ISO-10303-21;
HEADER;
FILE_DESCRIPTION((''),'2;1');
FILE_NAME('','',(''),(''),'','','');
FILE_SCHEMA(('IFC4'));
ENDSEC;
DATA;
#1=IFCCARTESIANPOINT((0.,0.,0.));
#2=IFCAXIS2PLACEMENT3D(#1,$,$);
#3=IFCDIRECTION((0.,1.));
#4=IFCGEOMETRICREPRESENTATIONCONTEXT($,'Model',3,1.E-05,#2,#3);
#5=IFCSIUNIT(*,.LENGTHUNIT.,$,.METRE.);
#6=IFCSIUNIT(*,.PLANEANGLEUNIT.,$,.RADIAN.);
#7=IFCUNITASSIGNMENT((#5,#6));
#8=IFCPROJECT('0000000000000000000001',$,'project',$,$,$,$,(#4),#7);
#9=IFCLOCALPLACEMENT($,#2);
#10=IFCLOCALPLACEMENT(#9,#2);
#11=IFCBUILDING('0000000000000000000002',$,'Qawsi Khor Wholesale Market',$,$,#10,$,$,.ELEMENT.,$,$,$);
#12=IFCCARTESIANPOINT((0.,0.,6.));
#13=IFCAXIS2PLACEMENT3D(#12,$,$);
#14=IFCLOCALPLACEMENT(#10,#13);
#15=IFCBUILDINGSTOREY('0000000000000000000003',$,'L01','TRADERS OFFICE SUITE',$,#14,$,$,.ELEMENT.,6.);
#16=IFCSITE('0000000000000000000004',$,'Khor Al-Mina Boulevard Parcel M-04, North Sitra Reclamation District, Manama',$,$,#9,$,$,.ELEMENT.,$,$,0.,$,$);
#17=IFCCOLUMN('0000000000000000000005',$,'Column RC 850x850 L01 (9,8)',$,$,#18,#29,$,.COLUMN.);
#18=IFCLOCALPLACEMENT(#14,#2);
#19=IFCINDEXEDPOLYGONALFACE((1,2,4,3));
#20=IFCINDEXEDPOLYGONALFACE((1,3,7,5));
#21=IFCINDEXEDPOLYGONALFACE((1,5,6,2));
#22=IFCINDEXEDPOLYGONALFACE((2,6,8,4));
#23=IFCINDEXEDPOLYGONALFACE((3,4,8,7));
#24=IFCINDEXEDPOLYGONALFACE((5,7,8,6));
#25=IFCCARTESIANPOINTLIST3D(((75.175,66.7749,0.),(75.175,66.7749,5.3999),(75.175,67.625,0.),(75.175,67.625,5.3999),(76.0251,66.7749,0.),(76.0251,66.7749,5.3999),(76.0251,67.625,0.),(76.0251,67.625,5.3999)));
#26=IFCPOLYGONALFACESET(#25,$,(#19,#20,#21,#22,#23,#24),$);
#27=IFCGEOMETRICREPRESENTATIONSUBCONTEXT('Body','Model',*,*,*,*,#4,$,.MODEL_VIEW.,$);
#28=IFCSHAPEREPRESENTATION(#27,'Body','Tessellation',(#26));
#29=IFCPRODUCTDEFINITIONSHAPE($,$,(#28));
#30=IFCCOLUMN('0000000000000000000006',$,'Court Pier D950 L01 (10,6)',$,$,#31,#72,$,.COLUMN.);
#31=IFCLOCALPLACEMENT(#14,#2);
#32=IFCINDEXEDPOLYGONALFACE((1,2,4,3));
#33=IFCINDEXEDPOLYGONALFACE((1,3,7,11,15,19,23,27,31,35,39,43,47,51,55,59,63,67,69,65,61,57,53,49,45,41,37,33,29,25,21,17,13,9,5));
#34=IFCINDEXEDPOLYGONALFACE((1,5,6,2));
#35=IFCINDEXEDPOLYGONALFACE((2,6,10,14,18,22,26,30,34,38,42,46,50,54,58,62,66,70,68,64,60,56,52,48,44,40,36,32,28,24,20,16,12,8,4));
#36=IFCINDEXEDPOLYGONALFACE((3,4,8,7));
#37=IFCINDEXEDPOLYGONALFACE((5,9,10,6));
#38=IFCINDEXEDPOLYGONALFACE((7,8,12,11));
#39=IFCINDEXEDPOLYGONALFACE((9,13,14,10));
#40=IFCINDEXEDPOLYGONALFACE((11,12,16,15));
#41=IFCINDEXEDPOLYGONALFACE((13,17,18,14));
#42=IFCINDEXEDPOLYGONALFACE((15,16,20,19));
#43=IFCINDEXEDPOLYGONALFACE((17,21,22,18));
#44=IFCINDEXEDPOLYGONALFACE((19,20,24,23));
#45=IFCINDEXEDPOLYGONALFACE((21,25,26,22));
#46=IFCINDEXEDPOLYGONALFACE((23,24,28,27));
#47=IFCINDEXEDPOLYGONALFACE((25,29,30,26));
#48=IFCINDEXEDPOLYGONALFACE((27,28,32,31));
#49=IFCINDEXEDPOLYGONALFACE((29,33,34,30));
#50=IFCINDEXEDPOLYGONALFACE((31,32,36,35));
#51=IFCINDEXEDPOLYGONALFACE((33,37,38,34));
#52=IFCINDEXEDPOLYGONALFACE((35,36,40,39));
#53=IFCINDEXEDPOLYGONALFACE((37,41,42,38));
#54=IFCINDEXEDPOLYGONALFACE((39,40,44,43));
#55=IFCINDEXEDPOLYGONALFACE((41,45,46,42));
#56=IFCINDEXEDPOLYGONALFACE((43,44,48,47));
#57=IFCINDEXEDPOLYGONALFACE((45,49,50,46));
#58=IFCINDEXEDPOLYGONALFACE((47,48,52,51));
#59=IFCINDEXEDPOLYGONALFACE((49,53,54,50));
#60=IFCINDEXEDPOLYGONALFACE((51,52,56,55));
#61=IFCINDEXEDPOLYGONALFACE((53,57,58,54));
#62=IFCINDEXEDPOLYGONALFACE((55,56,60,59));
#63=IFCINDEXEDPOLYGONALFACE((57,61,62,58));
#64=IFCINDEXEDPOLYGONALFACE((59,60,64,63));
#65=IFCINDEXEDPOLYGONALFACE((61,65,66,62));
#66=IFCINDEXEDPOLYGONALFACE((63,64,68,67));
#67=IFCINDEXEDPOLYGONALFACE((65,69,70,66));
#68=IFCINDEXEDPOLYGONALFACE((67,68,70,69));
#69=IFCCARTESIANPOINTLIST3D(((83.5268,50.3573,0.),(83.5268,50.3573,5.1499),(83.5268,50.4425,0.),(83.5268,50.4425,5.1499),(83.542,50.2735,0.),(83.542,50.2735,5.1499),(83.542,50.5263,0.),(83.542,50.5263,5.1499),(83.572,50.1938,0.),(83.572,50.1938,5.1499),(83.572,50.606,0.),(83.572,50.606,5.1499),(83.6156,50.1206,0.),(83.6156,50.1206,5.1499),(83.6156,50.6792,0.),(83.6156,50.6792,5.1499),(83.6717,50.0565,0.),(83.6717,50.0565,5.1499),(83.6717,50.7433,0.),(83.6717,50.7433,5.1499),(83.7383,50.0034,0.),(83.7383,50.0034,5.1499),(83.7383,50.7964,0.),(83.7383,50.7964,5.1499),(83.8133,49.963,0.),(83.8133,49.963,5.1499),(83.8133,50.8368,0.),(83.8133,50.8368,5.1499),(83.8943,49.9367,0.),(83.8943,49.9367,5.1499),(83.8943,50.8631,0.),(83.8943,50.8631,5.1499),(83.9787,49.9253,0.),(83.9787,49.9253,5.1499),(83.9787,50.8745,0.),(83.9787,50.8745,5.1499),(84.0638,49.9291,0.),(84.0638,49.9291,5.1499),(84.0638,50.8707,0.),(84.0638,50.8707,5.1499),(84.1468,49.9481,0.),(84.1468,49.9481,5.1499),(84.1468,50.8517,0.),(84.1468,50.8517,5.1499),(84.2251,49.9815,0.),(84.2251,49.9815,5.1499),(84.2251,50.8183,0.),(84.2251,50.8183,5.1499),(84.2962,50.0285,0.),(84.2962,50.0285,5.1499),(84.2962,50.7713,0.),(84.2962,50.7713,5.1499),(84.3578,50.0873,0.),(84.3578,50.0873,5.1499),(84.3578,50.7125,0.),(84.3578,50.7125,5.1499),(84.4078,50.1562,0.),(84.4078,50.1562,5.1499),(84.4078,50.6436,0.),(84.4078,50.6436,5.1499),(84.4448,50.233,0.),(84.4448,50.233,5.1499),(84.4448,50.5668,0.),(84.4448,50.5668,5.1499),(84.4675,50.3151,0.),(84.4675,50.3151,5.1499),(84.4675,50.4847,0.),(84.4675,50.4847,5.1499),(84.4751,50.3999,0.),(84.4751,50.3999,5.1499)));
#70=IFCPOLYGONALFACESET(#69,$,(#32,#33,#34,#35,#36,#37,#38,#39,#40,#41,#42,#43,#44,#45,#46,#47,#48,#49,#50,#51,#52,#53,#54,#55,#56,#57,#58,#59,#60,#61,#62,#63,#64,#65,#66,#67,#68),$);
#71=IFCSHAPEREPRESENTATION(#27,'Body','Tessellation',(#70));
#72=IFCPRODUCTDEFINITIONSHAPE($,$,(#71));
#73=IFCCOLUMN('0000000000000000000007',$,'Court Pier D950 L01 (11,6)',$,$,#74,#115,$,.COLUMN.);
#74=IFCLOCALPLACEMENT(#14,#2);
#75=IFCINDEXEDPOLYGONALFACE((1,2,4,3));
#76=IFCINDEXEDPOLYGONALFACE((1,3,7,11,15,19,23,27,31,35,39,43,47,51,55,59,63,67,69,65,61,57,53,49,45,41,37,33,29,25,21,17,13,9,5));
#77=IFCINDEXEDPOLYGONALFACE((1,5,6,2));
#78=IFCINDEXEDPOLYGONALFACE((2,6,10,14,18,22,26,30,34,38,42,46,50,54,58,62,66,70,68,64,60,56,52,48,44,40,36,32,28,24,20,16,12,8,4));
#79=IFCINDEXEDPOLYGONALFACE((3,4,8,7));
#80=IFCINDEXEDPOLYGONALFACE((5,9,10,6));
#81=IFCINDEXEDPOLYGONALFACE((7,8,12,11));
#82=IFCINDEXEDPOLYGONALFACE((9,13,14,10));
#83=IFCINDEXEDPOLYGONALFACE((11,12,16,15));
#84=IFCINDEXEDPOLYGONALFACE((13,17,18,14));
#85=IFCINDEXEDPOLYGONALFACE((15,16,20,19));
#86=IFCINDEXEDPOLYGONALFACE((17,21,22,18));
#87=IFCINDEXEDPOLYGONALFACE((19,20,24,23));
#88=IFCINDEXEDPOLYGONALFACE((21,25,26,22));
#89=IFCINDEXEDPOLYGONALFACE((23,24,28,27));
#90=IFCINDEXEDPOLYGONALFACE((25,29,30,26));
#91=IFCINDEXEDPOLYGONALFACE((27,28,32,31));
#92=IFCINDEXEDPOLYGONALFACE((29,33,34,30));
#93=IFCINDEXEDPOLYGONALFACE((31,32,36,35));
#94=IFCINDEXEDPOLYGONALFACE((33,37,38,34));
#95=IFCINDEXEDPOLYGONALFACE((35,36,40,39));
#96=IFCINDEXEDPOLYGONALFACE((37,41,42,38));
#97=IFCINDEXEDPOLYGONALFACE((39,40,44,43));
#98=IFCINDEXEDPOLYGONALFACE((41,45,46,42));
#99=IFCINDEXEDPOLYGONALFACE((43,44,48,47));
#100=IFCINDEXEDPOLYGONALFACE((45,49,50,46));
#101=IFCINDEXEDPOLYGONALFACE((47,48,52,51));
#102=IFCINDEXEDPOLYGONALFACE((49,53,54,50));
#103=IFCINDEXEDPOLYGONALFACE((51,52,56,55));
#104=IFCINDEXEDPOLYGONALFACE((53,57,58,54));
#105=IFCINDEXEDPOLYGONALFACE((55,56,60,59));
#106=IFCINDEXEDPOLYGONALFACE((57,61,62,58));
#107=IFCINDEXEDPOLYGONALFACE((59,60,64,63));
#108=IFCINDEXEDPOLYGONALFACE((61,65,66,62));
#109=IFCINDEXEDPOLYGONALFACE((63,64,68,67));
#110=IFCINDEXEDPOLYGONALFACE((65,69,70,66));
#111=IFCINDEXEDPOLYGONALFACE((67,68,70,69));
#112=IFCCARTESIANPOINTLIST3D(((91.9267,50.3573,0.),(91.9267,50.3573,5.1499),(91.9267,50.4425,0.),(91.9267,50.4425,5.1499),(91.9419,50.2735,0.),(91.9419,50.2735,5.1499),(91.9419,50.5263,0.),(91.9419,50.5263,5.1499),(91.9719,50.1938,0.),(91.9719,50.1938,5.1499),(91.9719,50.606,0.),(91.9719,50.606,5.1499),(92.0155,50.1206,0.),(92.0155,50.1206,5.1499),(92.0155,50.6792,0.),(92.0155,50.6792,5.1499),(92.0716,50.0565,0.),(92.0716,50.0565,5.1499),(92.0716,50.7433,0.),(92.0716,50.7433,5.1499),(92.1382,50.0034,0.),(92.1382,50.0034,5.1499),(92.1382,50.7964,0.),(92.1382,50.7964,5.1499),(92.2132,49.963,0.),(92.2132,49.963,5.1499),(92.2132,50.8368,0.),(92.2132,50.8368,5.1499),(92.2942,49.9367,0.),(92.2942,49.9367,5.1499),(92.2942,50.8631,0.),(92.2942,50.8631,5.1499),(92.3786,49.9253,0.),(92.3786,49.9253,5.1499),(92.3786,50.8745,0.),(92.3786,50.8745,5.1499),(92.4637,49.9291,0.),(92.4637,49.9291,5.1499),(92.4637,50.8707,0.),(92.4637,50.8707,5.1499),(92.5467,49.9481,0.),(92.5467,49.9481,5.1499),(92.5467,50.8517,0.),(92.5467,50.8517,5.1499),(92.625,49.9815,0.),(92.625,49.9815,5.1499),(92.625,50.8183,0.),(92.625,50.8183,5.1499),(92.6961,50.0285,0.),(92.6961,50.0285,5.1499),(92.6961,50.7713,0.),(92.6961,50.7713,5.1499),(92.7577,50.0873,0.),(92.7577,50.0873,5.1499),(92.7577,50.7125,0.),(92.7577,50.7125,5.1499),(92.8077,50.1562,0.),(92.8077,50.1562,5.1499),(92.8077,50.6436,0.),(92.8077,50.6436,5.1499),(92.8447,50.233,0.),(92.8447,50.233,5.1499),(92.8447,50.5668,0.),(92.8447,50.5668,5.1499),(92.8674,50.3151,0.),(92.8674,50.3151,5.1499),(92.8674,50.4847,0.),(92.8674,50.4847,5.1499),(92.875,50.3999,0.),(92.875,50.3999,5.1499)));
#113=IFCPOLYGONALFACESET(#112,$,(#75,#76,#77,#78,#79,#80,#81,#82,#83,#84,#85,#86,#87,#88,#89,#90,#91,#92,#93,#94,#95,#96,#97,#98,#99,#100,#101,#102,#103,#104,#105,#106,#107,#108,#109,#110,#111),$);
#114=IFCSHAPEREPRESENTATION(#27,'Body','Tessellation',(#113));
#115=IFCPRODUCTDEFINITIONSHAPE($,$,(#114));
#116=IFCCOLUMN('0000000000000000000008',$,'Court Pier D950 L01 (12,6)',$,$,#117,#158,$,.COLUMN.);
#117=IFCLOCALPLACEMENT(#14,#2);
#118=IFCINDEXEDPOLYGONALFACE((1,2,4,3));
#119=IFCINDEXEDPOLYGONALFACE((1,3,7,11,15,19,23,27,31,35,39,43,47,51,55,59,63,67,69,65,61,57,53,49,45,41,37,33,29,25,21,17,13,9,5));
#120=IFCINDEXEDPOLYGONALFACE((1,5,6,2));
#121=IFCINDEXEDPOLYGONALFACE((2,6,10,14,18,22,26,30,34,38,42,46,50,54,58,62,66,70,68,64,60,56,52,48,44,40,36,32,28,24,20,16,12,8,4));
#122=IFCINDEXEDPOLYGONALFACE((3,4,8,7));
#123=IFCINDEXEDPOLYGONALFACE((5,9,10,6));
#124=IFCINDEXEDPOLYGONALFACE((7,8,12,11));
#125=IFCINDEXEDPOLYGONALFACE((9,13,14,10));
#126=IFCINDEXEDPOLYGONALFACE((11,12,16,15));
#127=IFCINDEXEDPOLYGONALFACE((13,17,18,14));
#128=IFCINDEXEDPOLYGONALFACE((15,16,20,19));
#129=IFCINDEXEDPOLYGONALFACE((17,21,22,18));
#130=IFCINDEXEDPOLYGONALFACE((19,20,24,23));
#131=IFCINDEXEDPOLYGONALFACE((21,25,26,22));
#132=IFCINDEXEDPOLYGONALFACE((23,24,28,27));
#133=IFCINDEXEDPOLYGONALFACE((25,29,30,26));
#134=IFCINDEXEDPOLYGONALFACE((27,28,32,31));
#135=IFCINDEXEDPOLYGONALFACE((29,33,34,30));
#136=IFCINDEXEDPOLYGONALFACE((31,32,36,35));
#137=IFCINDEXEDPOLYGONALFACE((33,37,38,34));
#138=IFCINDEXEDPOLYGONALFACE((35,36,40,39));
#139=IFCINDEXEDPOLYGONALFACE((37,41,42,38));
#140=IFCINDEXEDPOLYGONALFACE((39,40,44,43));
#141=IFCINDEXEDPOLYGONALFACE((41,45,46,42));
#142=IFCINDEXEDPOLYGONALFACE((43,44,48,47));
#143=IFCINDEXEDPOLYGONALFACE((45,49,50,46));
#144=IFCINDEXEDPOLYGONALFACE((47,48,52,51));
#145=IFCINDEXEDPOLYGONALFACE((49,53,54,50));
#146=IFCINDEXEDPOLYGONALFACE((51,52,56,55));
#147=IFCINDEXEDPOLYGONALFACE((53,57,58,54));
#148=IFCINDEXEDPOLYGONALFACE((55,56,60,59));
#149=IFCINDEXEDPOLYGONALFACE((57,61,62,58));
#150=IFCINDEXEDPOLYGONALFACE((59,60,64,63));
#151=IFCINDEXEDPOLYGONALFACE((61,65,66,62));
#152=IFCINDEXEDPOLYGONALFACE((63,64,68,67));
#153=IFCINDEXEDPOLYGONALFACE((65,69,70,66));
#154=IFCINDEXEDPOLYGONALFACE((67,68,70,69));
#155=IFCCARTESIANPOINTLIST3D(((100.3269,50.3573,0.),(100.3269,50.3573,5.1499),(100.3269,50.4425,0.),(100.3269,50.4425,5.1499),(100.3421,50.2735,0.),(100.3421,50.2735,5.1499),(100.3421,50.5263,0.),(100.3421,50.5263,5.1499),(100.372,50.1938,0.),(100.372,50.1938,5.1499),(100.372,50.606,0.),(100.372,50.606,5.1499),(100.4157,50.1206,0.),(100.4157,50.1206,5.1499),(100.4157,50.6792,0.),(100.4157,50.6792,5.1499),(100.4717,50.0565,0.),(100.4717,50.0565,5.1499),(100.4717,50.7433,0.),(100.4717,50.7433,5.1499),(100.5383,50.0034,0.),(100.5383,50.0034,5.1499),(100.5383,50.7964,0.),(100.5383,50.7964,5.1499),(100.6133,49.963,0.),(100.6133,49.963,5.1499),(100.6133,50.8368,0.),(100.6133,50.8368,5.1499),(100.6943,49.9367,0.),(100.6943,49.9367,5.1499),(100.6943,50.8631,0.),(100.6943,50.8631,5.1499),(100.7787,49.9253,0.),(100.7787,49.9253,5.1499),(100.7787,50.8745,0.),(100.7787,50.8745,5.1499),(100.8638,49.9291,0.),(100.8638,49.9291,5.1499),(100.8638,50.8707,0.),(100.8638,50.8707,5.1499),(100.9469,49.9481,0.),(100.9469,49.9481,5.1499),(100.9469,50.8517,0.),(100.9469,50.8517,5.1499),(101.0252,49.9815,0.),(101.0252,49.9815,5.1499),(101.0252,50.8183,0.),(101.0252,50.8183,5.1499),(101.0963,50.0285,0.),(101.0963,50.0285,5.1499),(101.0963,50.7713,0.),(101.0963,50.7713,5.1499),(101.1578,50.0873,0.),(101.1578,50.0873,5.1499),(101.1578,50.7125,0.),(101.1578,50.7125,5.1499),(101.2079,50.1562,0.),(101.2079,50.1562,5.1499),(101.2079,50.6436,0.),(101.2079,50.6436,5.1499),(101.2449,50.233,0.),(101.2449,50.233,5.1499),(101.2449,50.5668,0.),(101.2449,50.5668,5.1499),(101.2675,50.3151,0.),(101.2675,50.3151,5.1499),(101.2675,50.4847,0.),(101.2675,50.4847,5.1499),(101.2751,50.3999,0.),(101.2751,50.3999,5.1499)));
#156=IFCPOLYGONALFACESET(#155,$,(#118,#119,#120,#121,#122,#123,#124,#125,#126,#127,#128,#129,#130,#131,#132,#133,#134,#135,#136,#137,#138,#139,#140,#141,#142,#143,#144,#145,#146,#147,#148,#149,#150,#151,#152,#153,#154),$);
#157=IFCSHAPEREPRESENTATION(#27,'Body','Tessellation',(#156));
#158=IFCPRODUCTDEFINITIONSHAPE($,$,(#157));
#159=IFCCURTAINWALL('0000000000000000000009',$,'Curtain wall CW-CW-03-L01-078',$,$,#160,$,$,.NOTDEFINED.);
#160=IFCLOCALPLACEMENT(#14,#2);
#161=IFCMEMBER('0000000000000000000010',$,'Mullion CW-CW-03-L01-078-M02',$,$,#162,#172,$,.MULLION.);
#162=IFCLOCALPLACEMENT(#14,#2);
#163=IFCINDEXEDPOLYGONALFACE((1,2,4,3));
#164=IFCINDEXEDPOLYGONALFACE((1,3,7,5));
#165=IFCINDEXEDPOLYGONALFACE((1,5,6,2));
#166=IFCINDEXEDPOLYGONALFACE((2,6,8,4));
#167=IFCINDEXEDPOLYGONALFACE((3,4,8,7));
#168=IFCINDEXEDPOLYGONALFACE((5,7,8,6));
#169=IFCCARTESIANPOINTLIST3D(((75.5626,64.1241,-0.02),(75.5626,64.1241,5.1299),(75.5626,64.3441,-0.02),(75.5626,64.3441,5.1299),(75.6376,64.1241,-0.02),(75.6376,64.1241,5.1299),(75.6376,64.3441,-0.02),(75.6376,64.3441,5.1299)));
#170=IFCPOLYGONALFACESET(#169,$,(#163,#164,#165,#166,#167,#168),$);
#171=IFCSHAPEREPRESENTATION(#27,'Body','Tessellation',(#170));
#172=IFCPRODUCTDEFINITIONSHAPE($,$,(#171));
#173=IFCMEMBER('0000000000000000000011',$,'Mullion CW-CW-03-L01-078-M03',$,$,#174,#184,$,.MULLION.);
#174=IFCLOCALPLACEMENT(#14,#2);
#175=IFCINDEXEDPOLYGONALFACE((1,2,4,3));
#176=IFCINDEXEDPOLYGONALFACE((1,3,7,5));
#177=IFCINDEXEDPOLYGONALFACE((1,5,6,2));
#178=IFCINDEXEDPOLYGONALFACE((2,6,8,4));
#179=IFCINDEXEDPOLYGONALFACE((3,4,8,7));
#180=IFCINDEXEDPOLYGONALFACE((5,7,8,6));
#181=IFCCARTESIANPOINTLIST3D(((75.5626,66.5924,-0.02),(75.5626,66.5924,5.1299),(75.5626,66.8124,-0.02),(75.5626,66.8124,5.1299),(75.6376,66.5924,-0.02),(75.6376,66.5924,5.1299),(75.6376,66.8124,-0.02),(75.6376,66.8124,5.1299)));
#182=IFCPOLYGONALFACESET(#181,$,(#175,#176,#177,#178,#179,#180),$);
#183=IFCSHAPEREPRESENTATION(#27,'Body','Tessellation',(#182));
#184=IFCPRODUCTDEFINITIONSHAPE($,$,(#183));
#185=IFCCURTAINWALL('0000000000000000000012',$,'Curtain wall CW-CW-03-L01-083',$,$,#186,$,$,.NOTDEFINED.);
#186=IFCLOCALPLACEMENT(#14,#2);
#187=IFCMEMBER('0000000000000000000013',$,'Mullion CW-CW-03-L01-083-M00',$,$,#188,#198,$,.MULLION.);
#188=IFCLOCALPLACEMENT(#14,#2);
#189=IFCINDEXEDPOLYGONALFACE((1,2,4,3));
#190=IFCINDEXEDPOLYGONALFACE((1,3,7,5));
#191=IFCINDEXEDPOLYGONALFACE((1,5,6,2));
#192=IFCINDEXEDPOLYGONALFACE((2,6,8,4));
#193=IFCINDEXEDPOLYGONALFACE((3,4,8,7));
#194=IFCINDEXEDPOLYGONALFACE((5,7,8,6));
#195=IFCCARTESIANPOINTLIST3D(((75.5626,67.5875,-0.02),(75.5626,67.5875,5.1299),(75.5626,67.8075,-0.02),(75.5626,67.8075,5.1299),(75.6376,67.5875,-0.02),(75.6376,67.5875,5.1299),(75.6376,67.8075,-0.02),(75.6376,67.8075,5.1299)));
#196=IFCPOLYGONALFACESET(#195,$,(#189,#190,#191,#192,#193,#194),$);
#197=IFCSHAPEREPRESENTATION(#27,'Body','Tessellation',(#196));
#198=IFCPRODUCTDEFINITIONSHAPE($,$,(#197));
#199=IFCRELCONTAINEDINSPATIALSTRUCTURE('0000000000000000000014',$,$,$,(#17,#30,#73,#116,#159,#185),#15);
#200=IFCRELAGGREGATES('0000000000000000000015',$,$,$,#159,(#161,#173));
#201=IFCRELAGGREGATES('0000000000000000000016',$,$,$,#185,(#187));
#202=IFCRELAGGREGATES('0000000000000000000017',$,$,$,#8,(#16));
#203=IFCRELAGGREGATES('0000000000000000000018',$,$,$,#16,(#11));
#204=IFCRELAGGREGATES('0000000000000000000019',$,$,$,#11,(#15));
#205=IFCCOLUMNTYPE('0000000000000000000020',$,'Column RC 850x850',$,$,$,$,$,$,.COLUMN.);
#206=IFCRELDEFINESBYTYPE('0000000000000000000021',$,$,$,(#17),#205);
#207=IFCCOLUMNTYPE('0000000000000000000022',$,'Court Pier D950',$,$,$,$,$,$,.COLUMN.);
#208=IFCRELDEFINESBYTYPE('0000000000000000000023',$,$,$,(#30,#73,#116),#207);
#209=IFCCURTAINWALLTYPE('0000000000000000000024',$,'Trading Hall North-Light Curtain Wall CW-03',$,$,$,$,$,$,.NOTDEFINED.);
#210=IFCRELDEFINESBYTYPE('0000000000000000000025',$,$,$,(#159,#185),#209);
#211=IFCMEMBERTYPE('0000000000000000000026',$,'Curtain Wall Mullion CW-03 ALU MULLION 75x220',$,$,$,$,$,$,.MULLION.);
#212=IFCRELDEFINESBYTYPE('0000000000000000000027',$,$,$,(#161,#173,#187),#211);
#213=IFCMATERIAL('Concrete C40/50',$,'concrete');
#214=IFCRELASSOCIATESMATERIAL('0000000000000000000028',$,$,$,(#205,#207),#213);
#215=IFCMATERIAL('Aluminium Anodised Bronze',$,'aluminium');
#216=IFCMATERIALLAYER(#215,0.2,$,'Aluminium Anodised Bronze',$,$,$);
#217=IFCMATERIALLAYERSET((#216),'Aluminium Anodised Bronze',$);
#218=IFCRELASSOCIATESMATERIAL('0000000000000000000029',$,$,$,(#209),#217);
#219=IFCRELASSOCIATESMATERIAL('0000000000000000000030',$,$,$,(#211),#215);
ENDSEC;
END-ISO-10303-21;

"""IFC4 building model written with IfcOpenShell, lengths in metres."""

from ifc_helpers import new_model, si_unit, direction, frame, origin, origin_2d, place, context, subcontext, project, spatial, rectangle, circle, extrude, material, layer, layer_set, material_profile, profile_set, type_object, element, aggregate, save


model = new_model("IFC4")

# Units and contexts
model_context = context("Model", 3, precision=1e-05, world=origin(), true_north=direction((0.0, 1.0)))
body_context = subcontext(model_context, "Body", "Model", "MODEL_VIEW")
ifc_project = project(units=[si_unit("LENGTHUNIT", "METRE"), si_unit("PLANEANGLEUNIT", "RADIAN")], contexts=[model_context])

# Site, building, storey
site_placement = place(None, origin())
site = spatial("IfcSite", under=ifc_project, at=site_placement, Name="Khor Al-Mina Boulevard Parcel M-04, North Sitra Reclamation District, Manama", CompositionType="ELEMENT", RefElevation=0.0)
building_placement = place(site_placement, origin())
building = spatial("IfcBuilding", under=site, at=building_placement, Name="Qawsi Khor Wholesale Market", CompositionType="ELEMENT")
storey_placement = place(building_placement, frame((0.0, 0.0, 6.0)))
storey = spatial("IfcBuildingStorey", under=building, at=storey_placement, Name="L01", Description="TRADERS OFFICE SUITE", CompositionType="ELEMENT", Elevation=6.0)

# Columns
ifc_material_1 = material(Name="Concrete C40/50", Category="concrete")
ifc_material_profile_1 = material_profile(ifc_material_1, rectangle(XDim=0.8501, YDim=0.8501, at=origin_2d()), Name="RC 850x850")
ifc_profile_set_1 = profile_set([ifc_material_profile_1], Name="Concrete C40/50")
column_type_1 = type_object("IfcColumnType", Name="Column RC 850x850", PredefinedType="COLUMN", material=ifc_profile_set_1)
column_placement = place(storey_placement, frame((75.6001, 67.2, 0.0), z_axis=(0.0, 0.0, 1.0), x_axis=(1.0, 0.0, 0.0)))
element("IfcColumn", 1, at=column_placement, inside=storey, type_object=column_type_1, Name="Column RC 850x850 L01 (9,8)", PredefinedType="COLUMN", context=body_context, shape_type="SweptSolid", body=[
    extrude(rectangle(XDim=0.8501, YDim=0.8501, at=origin_2d()), origin(), (0.0, 0.0, 1.0), 5.3999),
])
ifc_material_profile_2 = material_profile(ifc_material_1, circle(Radius=0.4751, at=origin_2d()), Name="RC COL D950")
ifc_profile_set_2 = profile_set([ifc_material_profile_2], Name="Concrete C40/50")
column_type_2 = type_object("IfcColumnType", Name="Court Pier D950", PredefinedType="COLUMN", material=ifc_profile_set_2)
for number, where, z_axis, x_axis, name in (
    (2, (84.0, 50.3999, 0.0), (0.0, 0.0, 1.0), (1.0, 0.0, 0.0), "Court Pier D950 L01 (10,6)"),
    (3, (92.3999, 50.3999, 0.0), (0.0, 0.0, 1.0), (1.0, 0.0, 0.0), "Court Pier D950 L01 (11,6)"),
    (4, (100.8, 50.3999, 0.0), (0.0, 0.0, 1.0), (1.0, 0.0, 0.0), "Court Pier D950 L01 (12,6)"),
):
    element("IfcColumn", number, at=place(storey_placement, frame(where, z_axis=z_axis, x_axis=x_axis)), inside=storey, type_object=column_type_2, Name=name, PredefinedType="COLUMN", context=body_context, shape_type="SweptSolid", body=[
        extrude(circle(Radius=0.4751, at=origin_2d()), origin(), (0.0, 0.0, 1.0), 5.1499),
    ])

# Curtain walls, members
ifc_material_2 = material(Name="Aluminium Anodised Bronze", Category="aluminium")
ifc_layer_1 = layer(ifc_material_2, 0.2, Name="Aluminium Anodised Bronze")
ifc_layer_set_1 = layer_set([ifc_layer_1], Name="Aluminium Anodised Bronze")
curtain_wall_type = type_object("IfcCurtainWallType", Name="Trading Hall North-Light Curtain Wall CW-03", PredefinedType="NOTDEFINED", material=ifc_layer_set_1)
curtain_wall_1_placement = place(storey_placement, origin())
curtain_wall_1 = element("IfcCurtainWall", 5, at=curtain_wall_1_placement, inside=storey, type_object=curtain_wall_type, Name="Curtain wall CW-CW-03-L01-078", PredefinedType="NOTDEFINED")
ifc_material_profile_3 = material_profile(ifc_material_2, rectangle(XDim=0.075, YDim=0.22, at=origin_2d()), Name="ALU MULLION 75x220")
ifc_profile_set_3 = profile_set([ifc_material_profile_3], Name="Aluminium Anodised Bronze")
member_type_1 = type_object("IfcMemberType", Name="Curtain Wall Mullion CW-03 ALU MULLION 75x220", PredefinedType="MULLION", material=ifc_profile_set_3)
member_1_placement = place(storey_placement, frame((75.6001, 64.2341, -0.02), z_axis=(0.0, 0.0, 1.0), x_axis=(1.0, 0.0, 0.0)))
member_1 = element("IfcMember", 6, at=member_1_placement, type_object=member_type_1, Name="Mullion CW-CW-03-L01-078-M02", PredefinedType="MULLION", context=body_context, shape_type="SweptSolid", body=[
    extrude(rectangle(XDim=0.075, YDim=0.22, at=origin_2d()), origin(), (0.0, 0.0, 1.0), 5.1499),
])
member_2_placement = place(storey_placement, frame((75.6001, 66.7024, -0.02), z_axis=(0.0, 0.0, 1.0), x_axis=(1.0, 0.0, 0.0)))
member_2 = element("IfcMember", 7, at=member_2_placement, type_object=member_type_1, Name="Mullion CW-CW-03-L01-078-M03", PredefinedType="MULLION", context=body_context, shape_type="SweptSolid", body=[
    extrude(rectangle(XDim=0.075, YDim=0.22, at=origin_2d()), origin(), (0.0, 0.0, 1.0), 5.1499),
])
curtain_wall_2_placement = place(storey_placement, origin())
curtain_wall_2 = element("IfcCurtainWall", 8, at=curtain_wall_2_placement, inside=storey, type_object=curtain_wall_type, Name="Curtain wall CW-CW-03-L01-083", PredefinedType="NOTDEFINED")
member_3_placement = place(storey_placement, frame((75.6001, 67.6975, -0.02), z_axis=(0.0, 0.0, 1.0), x_axis=(1.0, 0.0, 0.0)))
member_3 = element("IfcMember", 9, at=member_3_placement, type_object=member_type_1, Name="Mullion CW-CW-03-L01-083-M00", PredefinedType="MULLION", context=body_context, shape_type="SweptSolid", body=[
    extrude(rectangle(XDim=0.075, YDim=0.22, at=origin_2d()), origin(), (0.0, 0.0, 1.0), 5.1499),
])

aggregate(curtain_wall_1, [member_1, member_2])
aggregate(curtain_wall_2, [member_3])

save(model, "model.ifc")
